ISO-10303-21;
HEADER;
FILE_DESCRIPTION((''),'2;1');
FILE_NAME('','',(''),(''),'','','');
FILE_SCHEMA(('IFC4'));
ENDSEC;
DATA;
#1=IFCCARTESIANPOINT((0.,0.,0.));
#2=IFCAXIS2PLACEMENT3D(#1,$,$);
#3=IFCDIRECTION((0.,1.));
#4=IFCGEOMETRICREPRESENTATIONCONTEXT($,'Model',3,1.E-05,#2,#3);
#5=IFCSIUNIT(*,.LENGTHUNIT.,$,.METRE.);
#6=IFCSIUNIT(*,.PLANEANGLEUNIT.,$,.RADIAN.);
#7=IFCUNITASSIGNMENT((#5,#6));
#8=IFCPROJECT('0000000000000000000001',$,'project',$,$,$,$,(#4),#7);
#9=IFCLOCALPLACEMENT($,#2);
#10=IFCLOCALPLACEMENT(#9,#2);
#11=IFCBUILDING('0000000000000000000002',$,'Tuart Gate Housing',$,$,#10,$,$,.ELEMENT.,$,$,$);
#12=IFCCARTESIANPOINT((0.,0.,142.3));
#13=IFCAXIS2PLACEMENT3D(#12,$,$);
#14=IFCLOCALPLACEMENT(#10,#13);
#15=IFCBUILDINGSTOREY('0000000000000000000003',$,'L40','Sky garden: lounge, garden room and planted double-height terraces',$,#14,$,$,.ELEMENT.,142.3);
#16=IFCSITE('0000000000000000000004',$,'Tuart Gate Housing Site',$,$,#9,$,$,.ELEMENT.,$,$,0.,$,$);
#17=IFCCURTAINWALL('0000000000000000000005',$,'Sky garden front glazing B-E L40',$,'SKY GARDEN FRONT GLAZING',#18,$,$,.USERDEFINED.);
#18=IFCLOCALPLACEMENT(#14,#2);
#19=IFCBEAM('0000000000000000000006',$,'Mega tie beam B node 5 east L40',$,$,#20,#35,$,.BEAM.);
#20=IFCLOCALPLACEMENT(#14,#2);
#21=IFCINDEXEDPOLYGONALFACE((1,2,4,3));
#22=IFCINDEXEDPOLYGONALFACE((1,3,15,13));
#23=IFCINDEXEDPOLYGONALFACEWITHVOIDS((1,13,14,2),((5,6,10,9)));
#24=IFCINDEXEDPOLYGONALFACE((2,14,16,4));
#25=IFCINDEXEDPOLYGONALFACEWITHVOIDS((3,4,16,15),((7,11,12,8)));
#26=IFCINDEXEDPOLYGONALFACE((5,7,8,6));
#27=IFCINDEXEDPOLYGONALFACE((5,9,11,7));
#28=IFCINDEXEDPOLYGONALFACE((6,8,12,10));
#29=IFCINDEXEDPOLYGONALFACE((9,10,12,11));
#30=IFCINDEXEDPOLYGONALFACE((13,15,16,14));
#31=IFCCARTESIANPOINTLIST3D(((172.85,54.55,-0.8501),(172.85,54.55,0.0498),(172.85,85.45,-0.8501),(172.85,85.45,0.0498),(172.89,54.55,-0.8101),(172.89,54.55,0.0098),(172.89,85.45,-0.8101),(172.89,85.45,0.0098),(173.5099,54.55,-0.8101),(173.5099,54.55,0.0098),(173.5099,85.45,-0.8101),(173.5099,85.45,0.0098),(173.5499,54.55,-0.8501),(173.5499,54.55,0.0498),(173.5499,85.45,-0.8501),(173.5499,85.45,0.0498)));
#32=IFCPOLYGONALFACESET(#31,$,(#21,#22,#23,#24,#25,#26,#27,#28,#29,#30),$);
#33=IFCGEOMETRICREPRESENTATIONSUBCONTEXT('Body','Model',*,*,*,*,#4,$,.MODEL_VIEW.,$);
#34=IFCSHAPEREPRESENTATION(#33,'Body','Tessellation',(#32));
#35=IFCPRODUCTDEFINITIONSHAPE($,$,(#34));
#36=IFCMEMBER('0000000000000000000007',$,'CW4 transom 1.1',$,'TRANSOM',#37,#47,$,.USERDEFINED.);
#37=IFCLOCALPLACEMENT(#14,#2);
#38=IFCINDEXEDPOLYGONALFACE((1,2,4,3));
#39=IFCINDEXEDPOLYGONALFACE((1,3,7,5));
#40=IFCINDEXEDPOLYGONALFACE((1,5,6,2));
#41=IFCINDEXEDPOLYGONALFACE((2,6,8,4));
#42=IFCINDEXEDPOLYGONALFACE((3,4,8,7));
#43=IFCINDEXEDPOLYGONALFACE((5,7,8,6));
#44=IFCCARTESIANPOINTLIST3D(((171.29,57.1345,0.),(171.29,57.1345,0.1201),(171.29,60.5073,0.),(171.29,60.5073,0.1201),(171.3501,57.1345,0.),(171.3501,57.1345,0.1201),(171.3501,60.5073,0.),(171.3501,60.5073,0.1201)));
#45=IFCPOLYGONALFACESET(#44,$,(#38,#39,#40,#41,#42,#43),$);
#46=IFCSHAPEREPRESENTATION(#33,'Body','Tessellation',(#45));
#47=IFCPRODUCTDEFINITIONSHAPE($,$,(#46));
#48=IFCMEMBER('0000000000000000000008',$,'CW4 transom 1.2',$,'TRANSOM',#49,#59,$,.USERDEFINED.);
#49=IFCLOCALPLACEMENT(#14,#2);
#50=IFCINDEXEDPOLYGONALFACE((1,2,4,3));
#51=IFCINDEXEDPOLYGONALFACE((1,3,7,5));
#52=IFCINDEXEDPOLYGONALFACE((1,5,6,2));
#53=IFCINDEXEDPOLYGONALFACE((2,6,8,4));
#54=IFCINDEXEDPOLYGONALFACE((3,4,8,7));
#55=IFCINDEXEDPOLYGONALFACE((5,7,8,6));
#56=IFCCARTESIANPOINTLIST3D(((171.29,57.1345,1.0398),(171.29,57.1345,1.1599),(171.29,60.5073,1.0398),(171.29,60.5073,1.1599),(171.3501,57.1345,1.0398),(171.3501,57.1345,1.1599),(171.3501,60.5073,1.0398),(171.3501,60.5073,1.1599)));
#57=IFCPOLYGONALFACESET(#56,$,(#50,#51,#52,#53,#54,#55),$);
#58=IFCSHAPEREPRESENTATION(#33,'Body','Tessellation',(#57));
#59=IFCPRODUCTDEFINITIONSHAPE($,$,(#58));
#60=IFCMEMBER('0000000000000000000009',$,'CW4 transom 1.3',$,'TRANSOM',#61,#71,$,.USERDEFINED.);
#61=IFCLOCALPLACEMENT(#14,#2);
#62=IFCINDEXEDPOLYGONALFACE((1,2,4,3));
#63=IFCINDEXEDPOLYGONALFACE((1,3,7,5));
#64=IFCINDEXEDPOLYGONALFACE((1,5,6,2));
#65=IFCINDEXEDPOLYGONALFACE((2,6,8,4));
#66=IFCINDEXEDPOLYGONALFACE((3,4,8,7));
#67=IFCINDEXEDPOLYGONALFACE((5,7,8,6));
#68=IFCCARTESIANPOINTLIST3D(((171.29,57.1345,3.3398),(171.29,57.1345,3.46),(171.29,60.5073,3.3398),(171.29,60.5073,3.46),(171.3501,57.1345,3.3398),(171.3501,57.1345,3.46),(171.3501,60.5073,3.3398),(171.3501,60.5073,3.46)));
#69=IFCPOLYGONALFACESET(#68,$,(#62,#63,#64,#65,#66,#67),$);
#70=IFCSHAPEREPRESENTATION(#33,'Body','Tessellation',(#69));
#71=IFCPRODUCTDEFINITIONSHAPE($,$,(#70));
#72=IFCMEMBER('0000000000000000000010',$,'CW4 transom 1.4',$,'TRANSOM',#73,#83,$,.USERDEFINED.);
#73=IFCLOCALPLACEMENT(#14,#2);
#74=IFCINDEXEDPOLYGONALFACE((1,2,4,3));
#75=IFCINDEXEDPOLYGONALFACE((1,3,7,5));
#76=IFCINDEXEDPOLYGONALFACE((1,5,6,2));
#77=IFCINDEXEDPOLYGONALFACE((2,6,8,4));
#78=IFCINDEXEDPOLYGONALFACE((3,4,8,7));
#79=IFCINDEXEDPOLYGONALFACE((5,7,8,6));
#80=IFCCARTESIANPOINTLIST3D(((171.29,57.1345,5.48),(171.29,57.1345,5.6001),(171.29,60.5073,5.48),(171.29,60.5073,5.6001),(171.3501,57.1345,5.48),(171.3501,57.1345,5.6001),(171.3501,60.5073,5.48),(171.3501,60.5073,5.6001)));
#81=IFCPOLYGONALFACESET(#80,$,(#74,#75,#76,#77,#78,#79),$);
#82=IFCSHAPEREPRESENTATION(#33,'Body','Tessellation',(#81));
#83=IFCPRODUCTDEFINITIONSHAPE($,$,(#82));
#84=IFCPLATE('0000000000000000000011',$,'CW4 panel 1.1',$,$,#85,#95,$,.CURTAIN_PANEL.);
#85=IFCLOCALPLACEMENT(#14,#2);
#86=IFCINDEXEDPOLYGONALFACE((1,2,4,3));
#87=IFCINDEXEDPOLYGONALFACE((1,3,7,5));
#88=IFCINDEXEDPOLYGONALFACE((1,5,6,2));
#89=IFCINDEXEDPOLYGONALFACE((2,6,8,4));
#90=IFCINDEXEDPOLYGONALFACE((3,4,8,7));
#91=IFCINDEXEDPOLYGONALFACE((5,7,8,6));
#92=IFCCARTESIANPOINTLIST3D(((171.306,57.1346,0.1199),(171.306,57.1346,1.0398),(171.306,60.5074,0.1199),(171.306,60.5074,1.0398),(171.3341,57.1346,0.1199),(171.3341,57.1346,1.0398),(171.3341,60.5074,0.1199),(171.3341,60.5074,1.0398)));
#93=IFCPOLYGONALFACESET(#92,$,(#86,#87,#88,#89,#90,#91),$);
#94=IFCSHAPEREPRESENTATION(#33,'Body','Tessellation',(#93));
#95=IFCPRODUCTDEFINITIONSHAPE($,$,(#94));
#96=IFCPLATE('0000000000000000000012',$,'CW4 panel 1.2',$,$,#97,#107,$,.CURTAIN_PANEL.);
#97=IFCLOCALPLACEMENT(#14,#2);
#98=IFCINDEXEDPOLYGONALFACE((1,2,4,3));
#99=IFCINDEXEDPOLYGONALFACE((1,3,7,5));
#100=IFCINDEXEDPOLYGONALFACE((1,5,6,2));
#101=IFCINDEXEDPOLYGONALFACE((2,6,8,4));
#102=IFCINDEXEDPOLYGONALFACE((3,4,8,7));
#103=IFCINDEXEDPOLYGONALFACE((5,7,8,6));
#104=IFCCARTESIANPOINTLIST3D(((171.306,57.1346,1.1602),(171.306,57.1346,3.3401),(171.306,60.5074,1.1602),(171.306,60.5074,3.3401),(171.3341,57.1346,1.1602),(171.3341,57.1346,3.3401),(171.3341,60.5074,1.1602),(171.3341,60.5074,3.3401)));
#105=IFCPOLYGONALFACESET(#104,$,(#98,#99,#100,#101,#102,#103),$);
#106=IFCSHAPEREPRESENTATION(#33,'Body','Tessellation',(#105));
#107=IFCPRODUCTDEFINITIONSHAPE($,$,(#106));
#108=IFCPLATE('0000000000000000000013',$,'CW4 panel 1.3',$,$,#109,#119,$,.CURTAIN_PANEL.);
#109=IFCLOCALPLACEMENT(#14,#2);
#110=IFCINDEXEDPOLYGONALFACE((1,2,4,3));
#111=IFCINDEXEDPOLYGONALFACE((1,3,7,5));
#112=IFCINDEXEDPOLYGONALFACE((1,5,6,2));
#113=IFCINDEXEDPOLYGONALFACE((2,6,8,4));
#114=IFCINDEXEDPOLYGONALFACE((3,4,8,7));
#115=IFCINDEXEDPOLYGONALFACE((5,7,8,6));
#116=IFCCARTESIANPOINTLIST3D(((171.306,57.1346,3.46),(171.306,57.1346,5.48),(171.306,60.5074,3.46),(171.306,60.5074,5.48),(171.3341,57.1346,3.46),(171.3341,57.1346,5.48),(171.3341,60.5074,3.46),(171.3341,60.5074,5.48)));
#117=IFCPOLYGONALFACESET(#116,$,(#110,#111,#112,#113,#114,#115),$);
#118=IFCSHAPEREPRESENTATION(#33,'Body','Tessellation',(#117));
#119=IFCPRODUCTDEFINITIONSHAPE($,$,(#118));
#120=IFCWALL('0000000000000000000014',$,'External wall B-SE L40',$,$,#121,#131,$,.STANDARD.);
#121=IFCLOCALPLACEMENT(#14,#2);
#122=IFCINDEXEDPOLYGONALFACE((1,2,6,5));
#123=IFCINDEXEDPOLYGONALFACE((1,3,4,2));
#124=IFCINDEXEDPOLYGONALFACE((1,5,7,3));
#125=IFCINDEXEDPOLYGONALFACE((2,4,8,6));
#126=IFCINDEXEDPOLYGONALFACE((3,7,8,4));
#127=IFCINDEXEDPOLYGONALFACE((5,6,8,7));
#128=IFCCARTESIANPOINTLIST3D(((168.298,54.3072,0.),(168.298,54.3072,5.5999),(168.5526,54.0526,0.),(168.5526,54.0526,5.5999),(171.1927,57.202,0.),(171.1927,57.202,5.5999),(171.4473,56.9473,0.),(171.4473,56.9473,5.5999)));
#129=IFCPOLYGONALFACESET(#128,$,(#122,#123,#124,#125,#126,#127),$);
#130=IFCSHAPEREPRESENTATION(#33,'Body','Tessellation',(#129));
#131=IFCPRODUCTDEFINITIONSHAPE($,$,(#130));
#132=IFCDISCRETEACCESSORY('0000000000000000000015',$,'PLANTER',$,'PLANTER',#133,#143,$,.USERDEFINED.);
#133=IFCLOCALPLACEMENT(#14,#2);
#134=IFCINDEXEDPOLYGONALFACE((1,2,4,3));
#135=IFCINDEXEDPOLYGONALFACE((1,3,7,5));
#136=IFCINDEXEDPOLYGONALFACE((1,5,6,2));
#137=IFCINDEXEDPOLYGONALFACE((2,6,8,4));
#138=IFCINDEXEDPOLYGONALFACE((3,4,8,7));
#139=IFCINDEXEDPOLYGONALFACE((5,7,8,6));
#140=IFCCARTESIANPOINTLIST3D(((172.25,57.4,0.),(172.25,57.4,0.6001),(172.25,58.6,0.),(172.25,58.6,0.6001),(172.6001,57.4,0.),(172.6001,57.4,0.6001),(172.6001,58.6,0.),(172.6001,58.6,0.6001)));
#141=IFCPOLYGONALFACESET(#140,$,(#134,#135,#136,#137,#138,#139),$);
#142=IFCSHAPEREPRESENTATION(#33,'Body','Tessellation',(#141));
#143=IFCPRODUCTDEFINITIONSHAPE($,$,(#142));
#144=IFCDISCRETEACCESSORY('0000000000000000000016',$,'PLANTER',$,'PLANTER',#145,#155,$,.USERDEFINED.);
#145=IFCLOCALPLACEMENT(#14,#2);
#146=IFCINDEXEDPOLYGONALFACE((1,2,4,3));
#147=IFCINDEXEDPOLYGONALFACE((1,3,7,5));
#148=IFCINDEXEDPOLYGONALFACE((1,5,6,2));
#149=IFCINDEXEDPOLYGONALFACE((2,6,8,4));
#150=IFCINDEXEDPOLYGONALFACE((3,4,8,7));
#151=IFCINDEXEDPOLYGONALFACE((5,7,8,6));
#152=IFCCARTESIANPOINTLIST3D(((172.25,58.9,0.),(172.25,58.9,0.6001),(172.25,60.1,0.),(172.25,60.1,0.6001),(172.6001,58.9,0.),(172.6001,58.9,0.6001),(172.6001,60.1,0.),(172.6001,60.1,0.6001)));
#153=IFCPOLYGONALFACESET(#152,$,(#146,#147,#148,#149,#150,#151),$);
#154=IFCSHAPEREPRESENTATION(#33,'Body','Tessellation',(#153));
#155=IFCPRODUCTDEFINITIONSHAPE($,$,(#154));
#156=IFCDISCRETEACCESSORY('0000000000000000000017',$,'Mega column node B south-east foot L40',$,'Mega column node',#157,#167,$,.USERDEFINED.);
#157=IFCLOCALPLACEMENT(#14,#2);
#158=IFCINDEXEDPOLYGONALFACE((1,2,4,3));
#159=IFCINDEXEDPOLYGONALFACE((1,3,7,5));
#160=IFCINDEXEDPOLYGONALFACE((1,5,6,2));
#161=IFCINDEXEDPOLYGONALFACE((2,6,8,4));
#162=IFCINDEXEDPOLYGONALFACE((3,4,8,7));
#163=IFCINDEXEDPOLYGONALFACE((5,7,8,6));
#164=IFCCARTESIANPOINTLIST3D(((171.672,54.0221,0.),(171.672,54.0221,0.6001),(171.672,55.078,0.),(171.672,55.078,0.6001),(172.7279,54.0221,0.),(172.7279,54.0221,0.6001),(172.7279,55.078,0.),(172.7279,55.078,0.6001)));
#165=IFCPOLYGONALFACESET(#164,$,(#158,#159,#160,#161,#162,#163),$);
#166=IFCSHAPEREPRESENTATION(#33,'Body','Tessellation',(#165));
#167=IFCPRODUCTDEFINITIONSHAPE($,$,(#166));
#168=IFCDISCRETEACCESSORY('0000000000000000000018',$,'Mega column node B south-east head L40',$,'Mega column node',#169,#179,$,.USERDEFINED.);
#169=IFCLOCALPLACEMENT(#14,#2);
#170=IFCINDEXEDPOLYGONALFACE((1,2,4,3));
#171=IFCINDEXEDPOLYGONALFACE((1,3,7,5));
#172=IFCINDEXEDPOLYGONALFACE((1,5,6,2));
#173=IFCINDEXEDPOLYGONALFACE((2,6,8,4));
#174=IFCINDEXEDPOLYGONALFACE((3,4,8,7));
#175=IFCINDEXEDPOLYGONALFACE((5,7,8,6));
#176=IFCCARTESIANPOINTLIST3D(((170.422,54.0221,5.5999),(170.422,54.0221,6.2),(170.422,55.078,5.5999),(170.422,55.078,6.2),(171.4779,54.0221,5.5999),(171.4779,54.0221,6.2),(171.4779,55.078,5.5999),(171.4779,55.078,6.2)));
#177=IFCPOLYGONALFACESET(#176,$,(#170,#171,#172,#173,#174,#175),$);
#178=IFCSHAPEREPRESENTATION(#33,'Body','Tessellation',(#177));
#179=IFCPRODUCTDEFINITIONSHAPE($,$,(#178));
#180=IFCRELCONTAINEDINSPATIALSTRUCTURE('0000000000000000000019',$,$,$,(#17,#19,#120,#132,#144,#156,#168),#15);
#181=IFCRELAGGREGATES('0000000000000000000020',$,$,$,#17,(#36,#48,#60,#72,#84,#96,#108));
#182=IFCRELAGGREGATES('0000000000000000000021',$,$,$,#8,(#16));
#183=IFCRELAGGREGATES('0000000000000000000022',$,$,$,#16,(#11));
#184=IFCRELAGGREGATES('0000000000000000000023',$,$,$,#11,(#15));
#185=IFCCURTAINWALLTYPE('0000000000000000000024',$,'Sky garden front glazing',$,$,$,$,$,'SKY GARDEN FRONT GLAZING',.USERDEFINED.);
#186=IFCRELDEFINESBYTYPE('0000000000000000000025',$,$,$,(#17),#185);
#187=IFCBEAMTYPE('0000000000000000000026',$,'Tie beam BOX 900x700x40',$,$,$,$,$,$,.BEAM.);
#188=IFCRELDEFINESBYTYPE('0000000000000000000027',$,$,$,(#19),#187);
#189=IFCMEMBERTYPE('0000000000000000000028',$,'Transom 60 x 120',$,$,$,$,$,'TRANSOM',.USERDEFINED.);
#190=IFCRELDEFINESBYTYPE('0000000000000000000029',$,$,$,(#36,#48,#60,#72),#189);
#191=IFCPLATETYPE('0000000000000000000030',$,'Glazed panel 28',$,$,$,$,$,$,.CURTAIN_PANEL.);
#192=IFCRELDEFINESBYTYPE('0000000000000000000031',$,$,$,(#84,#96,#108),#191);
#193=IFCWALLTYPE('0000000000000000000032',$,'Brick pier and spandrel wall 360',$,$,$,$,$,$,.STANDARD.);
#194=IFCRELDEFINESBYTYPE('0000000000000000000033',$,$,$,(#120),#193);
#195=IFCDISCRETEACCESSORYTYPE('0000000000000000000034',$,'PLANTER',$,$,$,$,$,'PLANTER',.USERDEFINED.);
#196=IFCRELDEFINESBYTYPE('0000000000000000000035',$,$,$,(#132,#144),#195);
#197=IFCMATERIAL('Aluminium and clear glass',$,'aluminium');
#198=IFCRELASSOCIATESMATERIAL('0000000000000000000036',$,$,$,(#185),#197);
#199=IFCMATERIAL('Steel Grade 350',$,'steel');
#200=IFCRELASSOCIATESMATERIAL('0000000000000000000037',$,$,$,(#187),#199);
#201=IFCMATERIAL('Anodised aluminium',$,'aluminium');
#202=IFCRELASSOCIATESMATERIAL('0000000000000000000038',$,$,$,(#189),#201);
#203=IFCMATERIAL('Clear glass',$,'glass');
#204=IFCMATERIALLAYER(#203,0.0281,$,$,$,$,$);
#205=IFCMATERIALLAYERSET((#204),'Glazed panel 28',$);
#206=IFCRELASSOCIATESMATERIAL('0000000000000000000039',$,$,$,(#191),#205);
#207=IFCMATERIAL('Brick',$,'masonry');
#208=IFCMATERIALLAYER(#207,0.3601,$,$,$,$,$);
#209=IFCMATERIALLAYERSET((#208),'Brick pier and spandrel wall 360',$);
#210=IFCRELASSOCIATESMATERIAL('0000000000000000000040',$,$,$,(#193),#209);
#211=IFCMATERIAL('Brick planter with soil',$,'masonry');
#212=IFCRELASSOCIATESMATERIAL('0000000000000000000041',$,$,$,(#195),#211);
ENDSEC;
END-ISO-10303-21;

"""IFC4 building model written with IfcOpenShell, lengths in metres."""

from ifc_helpers import new_model, si_unit, direction, frame, frame_2d, origin, origin_2d, place, context, subcontext, project, spatial, rectangle, hollow_rectangle, extrude, material, layer, layer_set, material_profile, profile_set, type_object, element, aggregate, save


model = new_model("IFC4")

# Units and contexts
model_context = context("Model", 3, precision=1e-05, world=origin(), true_north=direction((0.0, 1.0)))
body_context = subcontext(model_context, "Body", "Model", "MODEL_VIEW")
ifc_project = project(units=[si_unit("LENGTHUNIT", "METRE"), si_unit("PLANEANGLEUNIT", "RADIAN")], contexts=[model_context])

# Site, building, storey
site_placement = place(None, origin())
site = spatial("IfcSite", under=ifc_project, at=site_placement, Name="Tuart Gate Housing Site", CompositionType="ELEMENT", RefElevation=0.0)
building_placement = place(site_placement, origin())
building = spatial("IfcBuilding", under=site, at=building_placement, Name="Tuart Gate Housing", CompositionType="ELEMENT")
storey_placement = place(building_placement, frame((0.0, 0.0, 142.3)))
storey = spatial("IfcBuildingStorey", under=building, at=storey_placement, Name="L40", Description="Sky garden: lounge, garden room and planted double-height terraces", CompositionType="ELEMENT", Elevation=142.3)

# Curtain wall
ifc_material_1 = material(Name="Aluminium and clear glass", Category="aluminium")
curtain_wall_type = type_object("IfcCurtainWallType", Name="Sky garden front glazing", ElementType="SKY GARDEN FRONT GLAZING", PredefinedType="USERDEFINED", material=ifc_material_1)
curtain_wall_placement = place(storey_placement, origin())
curtain_wall = element("IfcCurtainWall", 1, at=curtain_wall_placement, inside=storey, type_object=curtain_wall_type, Name="Sky garden front glazing B-E L40", ObjectType="SKY GARDEN FRONT GLAZING", PredefinedType="USERDEFINED")

# Beam
ifc_material_2 = material(Name="Steel Grade 350", Category="steel")
ifc_material_profile_1 = material_profile(ifc_material_2, hollow_rectangle(XDim=0.7, YDim=0.8999, WallThickness=0.04, at=origin_2d()), Name="BOX 900x700x40")
ifc_profile_set_1 = profile_set([ifc_material_profile_1], Name="Steel Grade 350")
beam_type_1 = type_object("IfcBeamType", Name="Tie beam BOX 900x700x40", PredefinedType="BEAM", material=ifc_profile_set_1)
beam_placement = place(storey_placement, frame((173.2, 54.55, -0.4001), z_axis=(0.0, 1.0, 0.0), x_axis=(-1.0, 0.0, 0.0)))
element("IfcBeam", 2, at=beam_placement, inside=storey, type_object=beam_type_1, Name="Mega tie beam B node 5 east L40", PredefinedType="BEAM", context=body_context, shape_type="SweptSolid", body=[
    extrude(hollow_rectangle(XDim=0.7, YDim=0.8999, WallThickness=0.04, at=origin_2d()), origin(), (0.0, 0.0, 1.0), 30.8999),
])

# Members
ifc_material_3 = material(Name="Anodised aluminium", Category="aluminium")
ifc_material_profile_2 = material_profile(ifc_material_3, rectangle(XDim=0.0601, YDim=0.1201, at=origin_2d()), Name="60x120")
ifc_profile_set_2 = profile_set([ifc_material_profile_2], Name="Anodised aluminium")
member_type_1 = type_object("IfcMemberType", Name="Transom 60 x 120", ElementType="TRANSOM", PredefinedType="USERDEFINED", material=ifc_profile_set_2)
member_1_placement = place(storey_placement, frame((171.3201, 57.1345, 0.0601), z_axis=(0.0, 1.0, 0.0), x_axis=(-1.0, 0.0, 0.0)))
member_1 = element("IfcMember", 3, at=member_1_placement, type_object=member_type_1, Name="CW4 transom 1.1", ObjectType="TRANSOM", PredefinedType="USERDEFINED", context=body_context, shape_type="SweptSolid", body=[
    extrude(rectangle(XDim=0.0601, YDim=0.1201, at=origin_2d()), origin(), (0.0, 0.0, 1.0), 3.3728),
])
member_2_placement = place(storey_placement, frame((171.3201, 57.1345, 1.0999), z_axis=(0.0, 1.0, 0.0), x_axis=(-1.0, 0.0, 0.0)))
member_2 = element("IfcMember", 4, at=member_2_placement, type_object=member_type_1, Name="CW4 transom 1.2", ObjectType="TRANSOM", PredefinedType="USERDEFINED", context=body_context, shape_type="SweptSolid", body=[
    extrude(rectangle(XDim=0.0601, YDim=0.1201, at=origin_2d()), origin(), (0.0, 0.0, 1.0), 3.3728),
])
member_3_placement = place(storey_placement, frame((171.3201, 57.1345, 3.3999), z_axis=(0.0, 1.0, 0.0), x_axis=(-1.0, 0.0, 0.0)))
member_3 = element("IfcMember", 5, at=member_3_placement, type_object=member_type_1, Name="CW4 transom 1.3", ObjectType="TRANSOM", PredefinedType="USERDEFINED", context=body_context, shape_type="SweptSolid", body=[
    extrude(rectangle(XDim=0.0601, YDim=0.1201, at=origin_2d()), origin(), (0.0, 0.0, 1.0), 3.3728),
])
member_4_placement = place(storey_placement, frame((171.3201, 57.1345, 5.54), z_axis=(0.0, 1.0, 0.0), x_axis=(-1.0, 0.0, 0.0)))
member_4 = element("IfcMember", 6, at=member_4_placement, type_object=member_type_1, Name="CW4 transom 1.4", ObjectType="TRANSOM", PredefinedType="USERDEFINED", context=body_context, shape_type="SweptSolid", body=[
    extrude(rectangle(XDim=0.0601, YDim=0.1201, at=origin_2d()), origin(), (0.0, 0.0, 1.0), 3.3728),
])

# Plates
ifc_material_4 = material(Name="Clear glass", Category="glass")
ifc_layer_1 = layer(ifc_material_4, 0.0281)
ifc_layer_set_1 = layer_set([ifc_layer_1], Name="Glazed panel 28")
plate_type = type_object("IfcPlateType", Name="Glazed panel 28", PredefinedType="CURTAIN_PANEL", material=ifc_layer_set_1)
plate_1_placement = place(storey_placement, frame((171.3201, 58.821, 0.1199), z_axis=(0.0, 0.0, 1.0), x_axis=(0.0, 1.0, 0.0)))
plate_1 = element("IfcPlate", 7, at=plate_1_placement, type_object=plate_type, Name="CW4 panel 1.1", PredefinedType="CURTAIN_PANEL", context=body_context, shape_type="SweptSolid", body=[
    extrude(rectangle(XDim=3.3728, YDim=0.0281, at=origin_2d()), origin(), (0.0, 0.0, 1.0), 0.9199),
])
plate_2_placement = place(storey_placement, frame((171.3201, 58.821, 1.1602), z_axis=(0.0, 0.0, 1.0), x_axis=(0.0, 1.0, 0.0)))
plate_2 = element("IfcPlate", 8, at=plate_2_placement, type_object=plate_type, Name="CW4 panel 1.2", PredefinedType="CURTAIN_PANEL", context=body_context, shape_type="SweptSolid", body=[
    extrude(rectangle(XDim=3.3728, YDim=0.0281, at=origin_2d()), origin(), (0.0, 0.0, 1.0), 2.1799),
])
plate_3_placement = place(storey_placement, frame((171.3201, 58.821, 3.46), z_axis=(0.0, 0.0, 1.0), x_axis=(0.0, 1.0, 0.0)))
plate_3 = element("IfcPlate", 9, at=plate_3_placement, type_object=plate_type, Name="CW4 panel 1.3", PredefinedType="CURTAIN_PANEL", context=body_context, shape_type="SweptSolid", body=[
    extrude(rectangle(XDim=3.3728, YDim=0.0281, at=origin_2d()), origin(), (0.0, 0.0, 1.0), 2.02),
])
aggregate(curtain_wall, [member_1, member_2, member_3, member_4, plate_1, plate_2, plate_3])

# Wall
ifc_material_5 = material(Name="Brick", Category="masonry")
ifc_layer_2 = layer(ifc_material_5, 0.3601)
ifc_layer_set_2 = layer_set([ifc_layer_2], Name="Brick pier and spandrel wall 360")
wall_type = type_object("IfcWallType", Name="Brick pier and spandrel wall 360", PredefinedType="STANDARD", material=ifc_layer_set_2)
wall_placement = place(storey_placement, frame((168.4253, 54.1799, 0.0), z_axis=(0.0, 0.0, 1.0), x_axis=(0.707107, 0.707107, 0.0)))
element("IfcWall", 10, at=wall_placement, inside=storey, type_object=wall_type, Name="External wall B-SE L40", PredefinedType="STANDARD", context=body_context, shape_type="SweptSolid", body=[
    extrude(rectangle(XDim=4.0938, YDim=0.3601, at=frame_2d((2.0469, 0.0))), origin(), (0.0, 0.0, 1.0), 5.5999),
])

# Discrete accessories
ifc_material_6 = material(Name="Brick planter with soil", Category="masonry")
discrete_accessory_type = type_object("IfcDiscreteAccessoryType", Name="PLANTER", ElementType="PLANTER", PredefinedType="USERDEFINED", material=ifc_material_6)
for number, where, z_axis, x_axis, name in (
    (11, (172.425, 58.0, 0.0), (0.0, 0.0, 1.0), (1.0, 0.0, 0.0), "PLANTER"),
    (12, (172.425, 59.5, 0.0), (0.0, 0.0, 1.0), (1.0, 0.0, 0.0), "PLANTER"),
):
    element("IfcDiscreteAccessory", number, at=place(storey_placement, frame(where, z_axis=z_axis, x_axis=x_axis)), inside=storey, type_object=discrete_accessory_type, Name=name, ObjectType="PLANTER", PredefinedType="USERDEFINED", context=body_context, shape_type="SweptSolid", body=[
        extrude(rectangle(XDim=0.3501, YDim=1.2, at=origin_2d()), origin(), (0.0, 0.0, 1.0), 0.6001),
    ])
for number, where, z_axis, x_axis, name in (
    (13, (172.2, 54.55, 0.0), (0.0, 0.0, 1.0), (1.0, 0.0, 0.0), "Mega column node B south-east foot L40"),
    (14, (170.95, 54.55, 5.5999), (0.0, 0.0, 1.0), (1.0, 0.0, 0.0), "Mega column node B south-east head L40"),
):
    element("IfcDiscreteAccessory", number, at=place(storey_placement, frame(where, z_axis=z_axis, x_axis=x_axis)), inside=storey, Name=name, ObjectType="Mega column node", PredefinedType="USERDEFINED", context=body_context, shape_type="SweptSolid", body=[
        extrude(rectangle(XDim=1.0559, YDim=1.0559, at=origin_2d()), origin(), (0.0, 0.0, 1.0), 0.6001),
    ])

save(model, "model.ifc")
